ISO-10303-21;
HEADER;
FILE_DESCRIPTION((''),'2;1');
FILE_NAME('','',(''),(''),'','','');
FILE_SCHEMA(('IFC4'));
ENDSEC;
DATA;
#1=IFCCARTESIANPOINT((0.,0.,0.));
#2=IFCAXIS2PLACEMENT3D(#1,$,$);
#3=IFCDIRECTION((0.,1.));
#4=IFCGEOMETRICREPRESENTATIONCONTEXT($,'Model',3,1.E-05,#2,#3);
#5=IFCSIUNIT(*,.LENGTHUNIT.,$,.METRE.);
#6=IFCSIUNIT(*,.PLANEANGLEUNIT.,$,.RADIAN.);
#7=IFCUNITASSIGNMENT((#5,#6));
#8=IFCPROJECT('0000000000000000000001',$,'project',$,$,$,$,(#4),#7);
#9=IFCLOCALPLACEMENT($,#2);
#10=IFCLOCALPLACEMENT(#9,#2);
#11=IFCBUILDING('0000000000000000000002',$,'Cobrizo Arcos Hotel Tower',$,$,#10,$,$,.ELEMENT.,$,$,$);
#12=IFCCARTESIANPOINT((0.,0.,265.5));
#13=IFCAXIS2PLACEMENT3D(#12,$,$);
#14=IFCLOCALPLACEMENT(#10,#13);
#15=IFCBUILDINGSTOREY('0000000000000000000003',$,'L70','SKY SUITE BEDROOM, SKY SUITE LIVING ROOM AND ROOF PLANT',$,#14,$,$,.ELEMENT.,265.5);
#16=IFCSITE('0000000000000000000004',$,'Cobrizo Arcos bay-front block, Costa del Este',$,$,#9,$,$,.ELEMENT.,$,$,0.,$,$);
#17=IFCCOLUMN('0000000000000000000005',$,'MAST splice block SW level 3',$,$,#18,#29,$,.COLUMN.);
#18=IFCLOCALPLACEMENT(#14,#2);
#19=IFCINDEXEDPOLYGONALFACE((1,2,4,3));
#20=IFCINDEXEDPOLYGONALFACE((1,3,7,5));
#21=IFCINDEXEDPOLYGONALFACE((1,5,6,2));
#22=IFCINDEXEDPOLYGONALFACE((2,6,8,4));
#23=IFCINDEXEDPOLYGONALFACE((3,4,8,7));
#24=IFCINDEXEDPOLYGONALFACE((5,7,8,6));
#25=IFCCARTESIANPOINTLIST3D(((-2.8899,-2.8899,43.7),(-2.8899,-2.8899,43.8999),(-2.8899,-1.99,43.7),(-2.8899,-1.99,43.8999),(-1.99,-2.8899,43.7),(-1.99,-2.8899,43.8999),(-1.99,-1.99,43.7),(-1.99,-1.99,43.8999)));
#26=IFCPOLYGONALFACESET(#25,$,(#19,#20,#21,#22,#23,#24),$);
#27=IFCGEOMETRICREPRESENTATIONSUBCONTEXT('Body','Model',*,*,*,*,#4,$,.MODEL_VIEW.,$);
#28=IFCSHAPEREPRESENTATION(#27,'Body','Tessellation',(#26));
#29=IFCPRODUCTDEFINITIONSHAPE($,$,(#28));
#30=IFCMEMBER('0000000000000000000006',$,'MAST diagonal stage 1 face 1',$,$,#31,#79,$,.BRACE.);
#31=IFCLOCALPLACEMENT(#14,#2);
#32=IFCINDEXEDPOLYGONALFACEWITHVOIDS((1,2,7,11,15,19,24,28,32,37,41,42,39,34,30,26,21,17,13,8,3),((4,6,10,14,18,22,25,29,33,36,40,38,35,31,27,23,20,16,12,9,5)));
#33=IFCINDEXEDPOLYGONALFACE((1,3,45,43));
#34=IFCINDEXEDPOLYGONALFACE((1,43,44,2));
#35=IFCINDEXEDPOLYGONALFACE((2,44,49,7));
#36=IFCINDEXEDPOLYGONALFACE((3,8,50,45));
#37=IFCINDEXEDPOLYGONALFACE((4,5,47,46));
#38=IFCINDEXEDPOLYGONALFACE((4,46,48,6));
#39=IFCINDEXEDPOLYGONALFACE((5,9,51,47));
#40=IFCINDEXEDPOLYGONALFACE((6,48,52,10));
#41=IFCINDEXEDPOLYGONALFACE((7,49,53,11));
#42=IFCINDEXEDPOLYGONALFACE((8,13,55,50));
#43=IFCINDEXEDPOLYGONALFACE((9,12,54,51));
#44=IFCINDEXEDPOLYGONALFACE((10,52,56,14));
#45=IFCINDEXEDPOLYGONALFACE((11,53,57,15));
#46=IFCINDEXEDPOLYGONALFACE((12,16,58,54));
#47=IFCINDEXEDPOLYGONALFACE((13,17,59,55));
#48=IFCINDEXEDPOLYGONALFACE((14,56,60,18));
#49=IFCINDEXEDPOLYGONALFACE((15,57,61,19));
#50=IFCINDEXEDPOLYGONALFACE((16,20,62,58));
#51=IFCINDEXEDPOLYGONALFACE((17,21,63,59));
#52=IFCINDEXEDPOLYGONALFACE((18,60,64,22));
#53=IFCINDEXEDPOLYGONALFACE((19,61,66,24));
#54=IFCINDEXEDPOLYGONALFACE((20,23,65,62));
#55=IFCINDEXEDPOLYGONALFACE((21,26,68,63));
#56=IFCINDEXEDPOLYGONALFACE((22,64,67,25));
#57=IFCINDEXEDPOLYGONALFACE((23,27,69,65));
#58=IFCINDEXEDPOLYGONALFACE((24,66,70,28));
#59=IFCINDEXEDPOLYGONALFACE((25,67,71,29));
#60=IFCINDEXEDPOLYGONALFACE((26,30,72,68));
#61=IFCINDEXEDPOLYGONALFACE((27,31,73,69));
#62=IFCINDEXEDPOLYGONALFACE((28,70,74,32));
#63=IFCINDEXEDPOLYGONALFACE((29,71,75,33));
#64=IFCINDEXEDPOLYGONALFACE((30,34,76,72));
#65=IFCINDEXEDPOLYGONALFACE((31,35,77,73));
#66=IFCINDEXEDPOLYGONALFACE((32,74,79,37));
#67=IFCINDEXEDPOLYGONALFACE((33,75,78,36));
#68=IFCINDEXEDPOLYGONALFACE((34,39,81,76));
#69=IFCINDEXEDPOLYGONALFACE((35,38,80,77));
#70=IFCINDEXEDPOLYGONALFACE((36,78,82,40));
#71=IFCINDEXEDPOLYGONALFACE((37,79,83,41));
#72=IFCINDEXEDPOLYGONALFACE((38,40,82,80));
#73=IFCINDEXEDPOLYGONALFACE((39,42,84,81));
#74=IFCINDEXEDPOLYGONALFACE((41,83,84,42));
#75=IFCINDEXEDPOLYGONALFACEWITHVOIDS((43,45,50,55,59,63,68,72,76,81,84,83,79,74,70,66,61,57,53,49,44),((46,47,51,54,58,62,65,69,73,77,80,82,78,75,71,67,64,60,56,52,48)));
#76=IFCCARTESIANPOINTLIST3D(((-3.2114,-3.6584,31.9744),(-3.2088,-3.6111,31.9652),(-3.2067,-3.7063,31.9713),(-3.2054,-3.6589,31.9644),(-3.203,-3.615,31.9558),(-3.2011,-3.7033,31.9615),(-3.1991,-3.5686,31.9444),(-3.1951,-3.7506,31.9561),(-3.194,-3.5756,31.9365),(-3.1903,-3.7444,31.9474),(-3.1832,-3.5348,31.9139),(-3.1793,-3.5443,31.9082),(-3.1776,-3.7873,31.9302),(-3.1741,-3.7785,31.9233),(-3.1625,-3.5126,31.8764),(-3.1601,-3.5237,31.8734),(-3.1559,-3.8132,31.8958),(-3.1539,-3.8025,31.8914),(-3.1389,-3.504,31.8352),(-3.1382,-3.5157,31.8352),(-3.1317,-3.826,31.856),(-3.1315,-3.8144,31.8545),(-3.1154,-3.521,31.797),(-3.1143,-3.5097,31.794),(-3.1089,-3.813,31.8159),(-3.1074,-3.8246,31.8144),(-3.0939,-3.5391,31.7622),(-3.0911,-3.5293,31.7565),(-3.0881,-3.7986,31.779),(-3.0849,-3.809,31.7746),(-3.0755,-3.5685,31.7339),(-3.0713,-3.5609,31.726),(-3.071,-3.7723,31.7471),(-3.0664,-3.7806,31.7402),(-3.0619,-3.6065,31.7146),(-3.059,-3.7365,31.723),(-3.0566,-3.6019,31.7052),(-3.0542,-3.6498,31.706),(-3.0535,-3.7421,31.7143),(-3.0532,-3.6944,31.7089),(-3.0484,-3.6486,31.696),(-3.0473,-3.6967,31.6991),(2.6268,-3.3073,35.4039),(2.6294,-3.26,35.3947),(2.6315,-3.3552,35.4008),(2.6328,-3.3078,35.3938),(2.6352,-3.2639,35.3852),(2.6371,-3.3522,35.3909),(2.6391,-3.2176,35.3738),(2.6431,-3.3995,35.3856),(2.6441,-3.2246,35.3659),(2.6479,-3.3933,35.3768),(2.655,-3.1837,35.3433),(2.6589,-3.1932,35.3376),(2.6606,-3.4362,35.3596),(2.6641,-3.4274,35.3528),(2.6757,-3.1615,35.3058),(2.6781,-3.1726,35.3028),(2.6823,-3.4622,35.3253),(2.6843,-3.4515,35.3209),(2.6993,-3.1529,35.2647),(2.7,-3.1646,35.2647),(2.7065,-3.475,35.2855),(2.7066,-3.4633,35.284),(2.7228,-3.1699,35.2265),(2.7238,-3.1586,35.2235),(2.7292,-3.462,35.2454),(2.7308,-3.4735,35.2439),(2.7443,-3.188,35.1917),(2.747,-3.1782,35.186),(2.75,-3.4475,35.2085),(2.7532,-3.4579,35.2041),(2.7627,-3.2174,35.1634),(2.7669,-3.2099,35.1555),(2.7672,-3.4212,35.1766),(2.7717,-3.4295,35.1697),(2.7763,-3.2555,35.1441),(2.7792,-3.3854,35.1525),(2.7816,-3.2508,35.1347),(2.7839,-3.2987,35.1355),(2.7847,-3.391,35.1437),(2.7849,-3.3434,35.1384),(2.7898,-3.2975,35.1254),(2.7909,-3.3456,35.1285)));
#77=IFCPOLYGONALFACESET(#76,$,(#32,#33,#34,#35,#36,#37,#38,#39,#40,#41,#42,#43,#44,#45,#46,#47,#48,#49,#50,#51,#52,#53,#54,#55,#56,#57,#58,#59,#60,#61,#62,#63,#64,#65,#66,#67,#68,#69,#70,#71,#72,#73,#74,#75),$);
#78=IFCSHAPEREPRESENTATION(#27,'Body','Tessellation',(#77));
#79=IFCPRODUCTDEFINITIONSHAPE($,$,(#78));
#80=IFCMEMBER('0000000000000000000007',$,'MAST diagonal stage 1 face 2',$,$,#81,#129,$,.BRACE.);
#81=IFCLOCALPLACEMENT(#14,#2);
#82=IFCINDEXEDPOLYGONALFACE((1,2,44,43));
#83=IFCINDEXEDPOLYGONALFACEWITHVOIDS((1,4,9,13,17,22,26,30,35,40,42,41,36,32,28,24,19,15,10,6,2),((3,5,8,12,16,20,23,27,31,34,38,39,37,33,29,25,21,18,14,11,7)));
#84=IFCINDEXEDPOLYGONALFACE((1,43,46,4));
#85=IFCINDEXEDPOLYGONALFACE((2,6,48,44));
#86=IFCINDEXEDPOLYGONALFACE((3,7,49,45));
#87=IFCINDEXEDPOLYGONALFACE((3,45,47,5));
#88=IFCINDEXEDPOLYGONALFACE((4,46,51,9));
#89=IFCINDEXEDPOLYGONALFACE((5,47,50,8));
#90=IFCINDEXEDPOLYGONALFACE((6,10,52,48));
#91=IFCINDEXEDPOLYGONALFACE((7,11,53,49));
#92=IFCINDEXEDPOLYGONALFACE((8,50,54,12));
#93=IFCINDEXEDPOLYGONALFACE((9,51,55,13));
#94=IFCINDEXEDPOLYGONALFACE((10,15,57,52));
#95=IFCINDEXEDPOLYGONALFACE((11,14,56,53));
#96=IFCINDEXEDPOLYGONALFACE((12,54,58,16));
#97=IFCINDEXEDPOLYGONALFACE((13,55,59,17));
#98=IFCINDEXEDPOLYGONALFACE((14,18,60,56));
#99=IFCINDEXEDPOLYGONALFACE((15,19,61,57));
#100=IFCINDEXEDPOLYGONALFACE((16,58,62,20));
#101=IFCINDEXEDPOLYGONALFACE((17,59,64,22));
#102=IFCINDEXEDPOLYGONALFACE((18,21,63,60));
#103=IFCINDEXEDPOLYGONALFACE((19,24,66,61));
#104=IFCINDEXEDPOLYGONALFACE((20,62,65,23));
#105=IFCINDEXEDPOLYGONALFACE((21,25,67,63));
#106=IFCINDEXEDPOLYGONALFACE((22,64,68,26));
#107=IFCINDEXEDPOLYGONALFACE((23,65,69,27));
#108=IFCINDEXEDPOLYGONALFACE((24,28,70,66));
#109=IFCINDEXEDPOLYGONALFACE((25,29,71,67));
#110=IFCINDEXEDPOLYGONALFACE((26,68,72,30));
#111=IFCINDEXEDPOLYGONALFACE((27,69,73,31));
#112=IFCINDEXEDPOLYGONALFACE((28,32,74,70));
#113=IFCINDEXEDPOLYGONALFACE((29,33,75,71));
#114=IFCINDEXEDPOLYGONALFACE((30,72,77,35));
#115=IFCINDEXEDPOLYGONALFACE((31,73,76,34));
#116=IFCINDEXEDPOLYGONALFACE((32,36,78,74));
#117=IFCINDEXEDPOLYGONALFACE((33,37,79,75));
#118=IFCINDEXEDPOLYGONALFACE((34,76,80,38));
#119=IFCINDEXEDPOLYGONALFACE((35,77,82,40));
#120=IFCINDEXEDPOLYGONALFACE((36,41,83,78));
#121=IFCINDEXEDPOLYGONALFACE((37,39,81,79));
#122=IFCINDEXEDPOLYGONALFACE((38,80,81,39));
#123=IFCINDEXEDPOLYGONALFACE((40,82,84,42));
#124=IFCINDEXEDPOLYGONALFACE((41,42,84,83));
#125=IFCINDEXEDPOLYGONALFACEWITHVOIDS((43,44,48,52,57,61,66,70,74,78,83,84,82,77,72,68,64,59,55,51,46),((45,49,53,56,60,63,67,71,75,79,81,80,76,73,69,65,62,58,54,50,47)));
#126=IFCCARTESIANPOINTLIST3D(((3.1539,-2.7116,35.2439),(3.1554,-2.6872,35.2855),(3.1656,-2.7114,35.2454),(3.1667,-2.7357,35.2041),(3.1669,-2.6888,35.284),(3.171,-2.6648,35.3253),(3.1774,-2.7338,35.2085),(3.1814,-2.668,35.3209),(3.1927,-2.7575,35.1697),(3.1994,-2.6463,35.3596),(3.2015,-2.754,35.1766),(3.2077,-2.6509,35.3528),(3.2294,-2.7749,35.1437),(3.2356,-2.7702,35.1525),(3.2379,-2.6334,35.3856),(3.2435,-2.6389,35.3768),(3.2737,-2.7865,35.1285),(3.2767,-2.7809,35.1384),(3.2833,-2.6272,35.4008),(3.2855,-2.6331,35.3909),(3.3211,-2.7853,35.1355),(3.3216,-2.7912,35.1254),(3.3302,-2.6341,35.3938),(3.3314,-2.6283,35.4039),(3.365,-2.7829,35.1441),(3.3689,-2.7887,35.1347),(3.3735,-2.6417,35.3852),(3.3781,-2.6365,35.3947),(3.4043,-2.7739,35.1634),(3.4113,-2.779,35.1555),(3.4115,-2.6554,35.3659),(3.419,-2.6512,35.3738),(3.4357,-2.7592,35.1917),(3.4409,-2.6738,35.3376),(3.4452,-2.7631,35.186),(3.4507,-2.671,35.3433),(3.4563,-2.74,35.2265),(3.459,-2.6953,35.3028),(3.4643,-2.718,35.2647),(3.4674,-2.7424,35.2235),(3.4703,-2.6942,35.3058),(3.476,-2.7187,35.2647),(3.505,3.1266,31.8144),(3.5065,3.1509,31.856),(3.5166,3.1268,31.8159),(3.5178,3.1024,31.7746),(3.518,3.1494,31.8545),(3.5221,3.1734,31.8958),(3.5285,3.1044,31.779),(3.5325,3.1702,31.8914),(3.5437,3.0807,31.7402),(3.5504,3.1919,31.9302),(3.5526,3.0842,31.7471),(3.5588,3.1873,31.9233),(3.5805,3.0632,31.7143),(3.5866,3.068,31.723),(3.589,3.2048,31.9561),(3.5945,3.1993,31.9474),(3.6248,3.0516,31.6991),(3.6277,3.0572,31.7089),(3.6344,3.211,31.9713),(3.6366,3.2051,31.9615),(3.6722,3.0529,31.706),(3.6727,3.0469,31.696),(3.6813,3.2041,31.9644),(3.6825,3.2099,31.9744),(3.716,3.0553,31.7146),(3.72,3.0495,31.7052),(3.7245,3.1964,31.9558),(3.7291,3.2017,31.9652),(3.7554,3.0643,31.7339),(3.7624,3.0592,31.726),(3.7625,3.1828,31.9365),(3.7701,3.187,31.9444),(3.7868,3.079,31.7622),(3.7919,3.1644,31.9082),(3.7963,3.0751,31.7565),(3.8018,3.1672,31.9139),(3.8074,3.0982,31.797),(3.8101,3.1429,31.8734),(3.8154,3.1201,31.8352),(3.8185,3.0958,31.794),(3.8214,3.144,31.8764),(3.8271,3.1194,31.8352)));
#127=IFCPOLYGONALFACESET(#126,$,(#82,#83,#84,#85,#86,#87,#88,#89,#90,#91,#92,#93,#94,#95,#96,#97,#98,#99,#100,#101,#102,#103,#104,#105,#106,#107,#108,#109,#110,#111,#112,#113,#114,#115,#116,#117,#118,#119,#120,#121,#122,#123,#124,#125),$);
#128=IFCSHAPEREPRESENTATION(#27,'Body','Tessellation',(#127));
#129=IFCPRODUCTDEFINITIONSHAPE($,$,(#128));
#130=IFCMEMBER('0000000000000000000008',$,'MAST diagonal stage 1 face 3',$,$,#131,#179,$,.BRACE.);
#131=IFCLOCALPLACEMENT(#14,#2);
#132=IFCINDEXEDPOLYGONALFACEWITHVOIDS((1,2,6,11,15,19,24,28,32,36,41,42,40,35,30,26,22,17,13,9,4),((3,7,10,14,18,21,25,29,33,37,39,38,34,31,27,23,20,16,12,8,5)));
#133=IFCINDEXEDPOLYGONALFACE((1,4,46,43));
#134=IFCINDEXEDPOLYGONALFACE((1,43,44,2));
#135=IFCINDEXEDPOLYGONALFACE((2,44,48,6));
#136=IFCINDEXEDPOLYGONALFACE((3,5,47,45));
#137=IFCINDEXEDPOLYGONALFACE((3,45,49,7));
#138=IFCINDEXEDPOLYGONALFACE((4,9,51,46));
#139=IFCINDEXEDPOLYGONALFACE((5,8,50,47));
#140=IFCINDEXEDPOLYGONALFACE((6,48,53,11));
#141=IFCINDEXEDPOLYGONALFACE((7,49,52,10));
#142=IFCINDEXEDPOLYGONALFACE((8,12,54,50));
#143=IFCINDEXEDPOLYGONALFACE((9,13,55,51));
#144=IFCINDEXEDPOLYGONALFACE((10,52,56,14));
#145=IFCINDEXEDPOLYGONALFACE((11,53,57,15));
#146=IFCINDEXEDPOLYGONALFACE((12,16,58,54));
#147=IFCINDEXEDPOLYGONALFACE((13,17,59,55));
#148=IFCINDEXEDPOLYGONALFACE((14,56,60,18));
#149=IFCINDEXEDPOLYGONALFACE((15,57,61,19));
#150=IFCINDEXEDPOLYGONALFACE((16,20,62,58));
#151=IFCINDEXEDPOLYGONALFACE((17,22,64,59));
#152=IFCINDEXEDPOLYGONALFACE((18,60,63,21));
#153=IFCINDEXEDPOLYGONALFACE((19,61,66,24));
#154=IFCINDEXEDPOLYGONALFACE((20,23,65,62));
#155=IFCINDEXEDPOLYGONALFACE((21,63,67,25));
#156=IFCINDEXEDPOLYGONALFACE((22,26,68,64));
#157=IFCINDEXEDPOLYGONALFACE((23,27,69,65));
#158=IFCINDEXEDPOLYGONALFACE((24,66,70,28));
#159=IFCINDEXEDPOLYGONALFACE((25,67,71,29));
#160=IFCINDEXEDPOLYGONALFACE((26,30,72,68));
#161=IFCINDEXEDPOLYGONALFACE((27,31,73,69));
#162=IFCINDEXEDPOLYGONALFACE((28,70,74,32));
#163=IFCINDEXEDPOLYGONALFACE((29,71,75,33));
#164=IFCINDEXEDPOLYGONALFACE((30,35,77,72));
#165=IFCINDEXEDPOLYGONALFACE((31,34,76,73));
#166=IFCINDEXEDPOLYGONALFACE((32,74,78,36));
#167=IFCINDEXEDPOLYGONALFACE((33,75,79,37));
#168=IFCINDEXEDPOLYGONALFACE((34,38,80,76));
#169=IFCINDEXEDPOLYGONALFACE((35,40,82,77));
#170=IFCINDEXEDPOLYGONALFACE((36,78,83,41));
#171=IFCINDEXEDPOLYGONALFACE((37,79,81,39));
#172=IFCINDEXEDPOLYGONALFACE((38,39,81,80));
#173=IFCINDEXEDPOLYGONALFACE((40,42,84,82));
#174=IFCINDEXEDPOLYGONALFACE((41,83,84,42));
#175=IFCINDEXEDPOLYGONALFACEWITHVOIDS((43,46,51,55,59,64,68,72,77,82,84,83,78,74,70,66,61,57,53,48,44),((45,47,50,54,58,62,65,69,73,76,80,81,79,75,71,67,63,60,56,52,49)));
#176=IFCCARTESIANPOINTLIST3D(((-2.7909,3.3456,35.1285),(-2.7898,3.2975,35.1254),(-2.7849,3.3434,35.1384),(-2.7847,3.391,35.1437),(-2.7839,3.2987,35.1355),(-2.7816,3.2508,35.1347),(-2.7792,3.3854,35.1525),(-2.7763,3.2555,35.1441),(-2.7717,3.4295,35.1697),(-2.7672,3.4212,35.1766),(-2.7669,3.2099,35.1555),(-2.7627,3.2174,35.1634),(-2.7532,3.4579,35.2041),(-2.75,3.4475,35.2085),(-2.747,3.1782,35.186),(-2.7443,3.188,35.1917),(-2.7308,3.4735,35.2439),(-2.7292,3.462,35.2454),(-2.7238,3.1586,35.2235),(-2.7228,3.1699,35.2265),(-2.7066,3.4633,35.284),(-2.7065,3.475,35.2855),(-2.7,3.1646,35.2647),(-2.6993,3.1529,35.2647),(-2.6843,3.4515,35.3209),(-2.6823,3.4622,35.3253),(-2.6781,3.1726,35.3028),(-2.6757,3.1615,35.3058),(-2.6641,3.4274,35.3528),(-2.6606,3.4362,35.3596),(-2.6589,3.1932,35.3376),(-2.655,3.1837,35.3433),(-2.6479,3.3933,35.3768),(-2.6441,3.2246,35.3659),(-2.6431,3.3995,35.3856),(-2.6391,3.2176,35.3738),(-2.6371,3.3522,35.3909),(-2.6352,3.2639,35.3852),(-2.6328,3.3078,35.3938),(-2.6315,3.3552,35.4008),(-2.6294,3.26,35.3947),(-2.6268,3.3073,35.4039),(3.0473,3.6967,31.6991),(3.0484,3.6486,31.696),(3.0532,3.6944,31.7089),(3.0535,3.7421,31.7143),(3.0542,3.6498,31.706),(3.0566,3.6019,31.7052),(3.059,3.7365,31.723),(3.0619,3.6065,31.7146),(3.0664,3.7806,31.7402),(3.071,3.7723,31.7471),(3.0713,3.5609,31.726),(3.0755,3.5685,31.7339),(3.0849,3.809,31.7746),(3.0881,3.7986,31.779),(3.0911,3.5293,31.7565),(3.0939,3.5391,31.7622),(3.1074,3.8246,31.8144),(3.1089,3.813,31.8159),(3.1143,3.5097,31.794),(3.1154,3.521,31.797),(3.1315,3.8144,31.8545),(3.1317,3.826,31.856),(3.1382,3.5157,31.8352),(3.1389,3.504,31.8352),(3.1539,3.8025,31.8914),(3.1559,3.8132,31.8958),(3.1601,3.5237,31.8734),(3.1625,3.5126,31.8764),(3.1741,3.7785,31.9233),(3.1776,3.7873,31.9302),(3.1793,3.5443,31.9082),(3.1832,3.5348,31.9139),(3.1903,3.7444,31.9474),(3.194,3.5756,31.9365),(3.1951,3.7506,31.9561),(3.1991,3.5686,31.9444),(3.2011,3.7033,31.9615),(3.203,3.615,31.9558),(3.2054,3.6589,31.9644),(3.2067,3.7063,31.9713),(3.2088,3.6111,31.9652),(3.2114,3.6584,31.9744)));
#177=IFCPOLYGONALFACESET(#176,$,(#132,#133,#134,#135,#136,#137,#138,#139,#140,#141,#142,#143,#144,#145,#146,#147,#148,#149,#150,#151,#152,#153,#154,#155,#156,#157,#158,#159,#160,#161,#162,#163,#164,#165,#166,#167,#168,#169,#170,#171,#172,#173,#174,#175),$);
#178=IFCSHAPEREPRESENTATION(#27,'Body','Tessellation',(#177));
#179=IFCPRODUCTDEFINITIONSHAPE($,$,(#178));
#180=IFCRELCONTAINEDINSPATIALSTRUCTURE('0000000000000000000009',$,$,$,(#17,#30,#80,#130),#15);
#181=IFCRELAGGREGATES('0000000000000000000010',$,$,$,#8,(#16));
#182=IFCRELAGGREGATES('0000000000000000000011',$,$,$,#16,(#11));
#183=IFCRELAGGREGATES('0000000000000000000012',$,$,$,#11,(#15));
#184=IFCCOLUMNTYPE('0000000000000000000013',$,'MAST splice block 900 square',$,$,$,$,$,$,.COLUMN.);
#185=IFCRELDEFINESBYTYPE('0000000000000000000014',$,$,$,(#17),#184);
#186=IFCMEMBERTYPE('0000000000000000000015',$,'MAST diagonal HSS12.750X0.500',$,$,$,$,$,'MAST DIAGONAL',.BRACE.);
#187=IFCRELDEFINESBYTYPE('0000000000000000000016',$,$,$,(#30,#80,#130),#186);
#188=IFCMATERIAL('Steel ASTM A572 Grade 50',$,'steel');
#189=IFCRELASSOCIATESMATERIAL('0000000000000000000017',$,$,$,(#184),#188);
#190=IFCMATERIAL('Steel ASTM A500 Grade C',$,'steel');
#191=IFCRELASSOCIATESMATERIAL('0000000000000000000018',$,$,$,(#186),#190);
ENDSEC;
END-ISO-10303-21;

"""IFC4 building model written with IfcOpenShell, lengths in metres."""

from ifc_helpers import new_model, si_unit, direction, frame, origin, origin_2d, place, context, subcontext, project, spatial, rectangle, hollow_circle, extrude, material, material_profile, profile_set, type_object, element, save


model = new_model("IFC4")

# Units and contexts
model_context = context("Model", 3, precision=1e-05, world=origin(), true_north=direction((0.0, 1.0)))
body_context = subcontext(model_context, "Body", "Model", "MODEL_VIEW")
ifc_project = project(units=[si_unit("LENGTHUNIT", "METRE"), si_unit("PLANEANGLEUNIT", "RADIAN")], contexts=[model_context])

# Site, building, storey
site_placement = place(None, origin())
site = spatial("IfcSite", under=ifc_project, at=site_placement, Name="Cobrizo Arcos bay-front block, Costa del Este", CompositionType="ELEMENT", RefElevation=0.0)
building_placement = place(site_placement, origin())
building = spatial("IfcBuilding", under=site, at=building_placement, Name="Cobrizo Arcos Hotel Tower", CompositionType="ELEMENT")
storey_placement = place(building_placement, frame((0.0, 0.0, 265.5)))
storey = spatial("IfcBuildingStorey", under=building, at=storey_placement, Name="L70", Description="SKY SUITE BEDROOM, SKY SUITE LIVING ROOM AND ROOF PLANT", CompositionType="ELEMENT", Elevation=265.5)

# Column
ifc_material_1 = material(Name="Steel ASTM A572 Grade 50", Category="steel")
ifc_material_profile_1 = material_profile(ifc_material_1, rectangle(XDim=0.8999, YDim=0.8999, at=origin_2d()), Name="MAST splice block 900 square")
ifc_profile_set_1 = profile_set([ifc_material_profile_1], Name="Steel ASTM A572 Grade 50")
column_type = type_object("IfcColumnType", Name="MAST splice block 900 square", PredefinedType="COLUMN", material=ifc_profile_set_1)
column_placement = place(storey_placement, frame((-2.4399, -2.4399, 43.7), z_axis=(0.0, 0.0, 1.0), x_axis=(1.0, 0.0, 0.0)))
element("IfcColumn", 1, at=column_placement, inside=storey, type_object=column_type, Name="MAST splice block SW level 3", PredefinedType="COLUMN", context=body_context, shape_type="SweptSolid", body=[
    extrude(rectangle(XDim=0.8999, YDim=0.8999, at=origin_2d()), origin(), (0.0, 0.0, 1.0), 0.2),
])

# Members
ifc_material_2 = material(Name="Steel ASTM A500 Grade C", Category="steel")
ifc_material_profile_2 = material_profile(ifc_material_2, hollow_circle(Radius=0.1619, WallThickness=0.0117, at=origin_2d()), Name="HSS12.750X0.500")
ifc_profile_set_2 = profile_set([ifc_material_profile_2], Name="Steel ASTM A500 Grade C")
member_type_1 = type_object("IfcMemberType", Name="MAST diagonal HSS12.750X0.500", ElementType="MAST DIAGONAL", PredefinedType="BRACE", material=ifc_profile_set_2)
for number, where, z_axis, x_axis, name in (
    (2, (-3.1292, -3.6655, 31.8352), (0.861084, 0.051781, 0.505819), (-0.060026, 0.998197, 0.0), "MAST diagonal stage 1 face 1"),
    (3, (3.6655, 3.1292, 31.8352), (-0.051781, -0.861084, 0.505819), (0.998197, -0.060026, 0.0), "MAST diagonal stage 1 face 2"),
    (4, (3.1292, 3.6655, 31.8352), (-0.861084, -0.051781, 0.505819), (0.060026, -0.998197, 0.0), "MAST diagonal stage 1 face 3"),
):
    element("IfcMember", number, at=place(storey_placement, frame(where, z_axis=z_axis, x_axis=x_axis)), inside=storey, type_object=member_type_1, Name=name, PredefinedType="BRACE", context=body_context, shape_type="SweptSolid", body=[
        extrude(hollow_circle(Radius=0.1619, WallThickness=0.0117, at=origin_2d()), origin(), (0.0, 0.0, 1.0), 6.78),
    ])

save(model, "model.ifc")
